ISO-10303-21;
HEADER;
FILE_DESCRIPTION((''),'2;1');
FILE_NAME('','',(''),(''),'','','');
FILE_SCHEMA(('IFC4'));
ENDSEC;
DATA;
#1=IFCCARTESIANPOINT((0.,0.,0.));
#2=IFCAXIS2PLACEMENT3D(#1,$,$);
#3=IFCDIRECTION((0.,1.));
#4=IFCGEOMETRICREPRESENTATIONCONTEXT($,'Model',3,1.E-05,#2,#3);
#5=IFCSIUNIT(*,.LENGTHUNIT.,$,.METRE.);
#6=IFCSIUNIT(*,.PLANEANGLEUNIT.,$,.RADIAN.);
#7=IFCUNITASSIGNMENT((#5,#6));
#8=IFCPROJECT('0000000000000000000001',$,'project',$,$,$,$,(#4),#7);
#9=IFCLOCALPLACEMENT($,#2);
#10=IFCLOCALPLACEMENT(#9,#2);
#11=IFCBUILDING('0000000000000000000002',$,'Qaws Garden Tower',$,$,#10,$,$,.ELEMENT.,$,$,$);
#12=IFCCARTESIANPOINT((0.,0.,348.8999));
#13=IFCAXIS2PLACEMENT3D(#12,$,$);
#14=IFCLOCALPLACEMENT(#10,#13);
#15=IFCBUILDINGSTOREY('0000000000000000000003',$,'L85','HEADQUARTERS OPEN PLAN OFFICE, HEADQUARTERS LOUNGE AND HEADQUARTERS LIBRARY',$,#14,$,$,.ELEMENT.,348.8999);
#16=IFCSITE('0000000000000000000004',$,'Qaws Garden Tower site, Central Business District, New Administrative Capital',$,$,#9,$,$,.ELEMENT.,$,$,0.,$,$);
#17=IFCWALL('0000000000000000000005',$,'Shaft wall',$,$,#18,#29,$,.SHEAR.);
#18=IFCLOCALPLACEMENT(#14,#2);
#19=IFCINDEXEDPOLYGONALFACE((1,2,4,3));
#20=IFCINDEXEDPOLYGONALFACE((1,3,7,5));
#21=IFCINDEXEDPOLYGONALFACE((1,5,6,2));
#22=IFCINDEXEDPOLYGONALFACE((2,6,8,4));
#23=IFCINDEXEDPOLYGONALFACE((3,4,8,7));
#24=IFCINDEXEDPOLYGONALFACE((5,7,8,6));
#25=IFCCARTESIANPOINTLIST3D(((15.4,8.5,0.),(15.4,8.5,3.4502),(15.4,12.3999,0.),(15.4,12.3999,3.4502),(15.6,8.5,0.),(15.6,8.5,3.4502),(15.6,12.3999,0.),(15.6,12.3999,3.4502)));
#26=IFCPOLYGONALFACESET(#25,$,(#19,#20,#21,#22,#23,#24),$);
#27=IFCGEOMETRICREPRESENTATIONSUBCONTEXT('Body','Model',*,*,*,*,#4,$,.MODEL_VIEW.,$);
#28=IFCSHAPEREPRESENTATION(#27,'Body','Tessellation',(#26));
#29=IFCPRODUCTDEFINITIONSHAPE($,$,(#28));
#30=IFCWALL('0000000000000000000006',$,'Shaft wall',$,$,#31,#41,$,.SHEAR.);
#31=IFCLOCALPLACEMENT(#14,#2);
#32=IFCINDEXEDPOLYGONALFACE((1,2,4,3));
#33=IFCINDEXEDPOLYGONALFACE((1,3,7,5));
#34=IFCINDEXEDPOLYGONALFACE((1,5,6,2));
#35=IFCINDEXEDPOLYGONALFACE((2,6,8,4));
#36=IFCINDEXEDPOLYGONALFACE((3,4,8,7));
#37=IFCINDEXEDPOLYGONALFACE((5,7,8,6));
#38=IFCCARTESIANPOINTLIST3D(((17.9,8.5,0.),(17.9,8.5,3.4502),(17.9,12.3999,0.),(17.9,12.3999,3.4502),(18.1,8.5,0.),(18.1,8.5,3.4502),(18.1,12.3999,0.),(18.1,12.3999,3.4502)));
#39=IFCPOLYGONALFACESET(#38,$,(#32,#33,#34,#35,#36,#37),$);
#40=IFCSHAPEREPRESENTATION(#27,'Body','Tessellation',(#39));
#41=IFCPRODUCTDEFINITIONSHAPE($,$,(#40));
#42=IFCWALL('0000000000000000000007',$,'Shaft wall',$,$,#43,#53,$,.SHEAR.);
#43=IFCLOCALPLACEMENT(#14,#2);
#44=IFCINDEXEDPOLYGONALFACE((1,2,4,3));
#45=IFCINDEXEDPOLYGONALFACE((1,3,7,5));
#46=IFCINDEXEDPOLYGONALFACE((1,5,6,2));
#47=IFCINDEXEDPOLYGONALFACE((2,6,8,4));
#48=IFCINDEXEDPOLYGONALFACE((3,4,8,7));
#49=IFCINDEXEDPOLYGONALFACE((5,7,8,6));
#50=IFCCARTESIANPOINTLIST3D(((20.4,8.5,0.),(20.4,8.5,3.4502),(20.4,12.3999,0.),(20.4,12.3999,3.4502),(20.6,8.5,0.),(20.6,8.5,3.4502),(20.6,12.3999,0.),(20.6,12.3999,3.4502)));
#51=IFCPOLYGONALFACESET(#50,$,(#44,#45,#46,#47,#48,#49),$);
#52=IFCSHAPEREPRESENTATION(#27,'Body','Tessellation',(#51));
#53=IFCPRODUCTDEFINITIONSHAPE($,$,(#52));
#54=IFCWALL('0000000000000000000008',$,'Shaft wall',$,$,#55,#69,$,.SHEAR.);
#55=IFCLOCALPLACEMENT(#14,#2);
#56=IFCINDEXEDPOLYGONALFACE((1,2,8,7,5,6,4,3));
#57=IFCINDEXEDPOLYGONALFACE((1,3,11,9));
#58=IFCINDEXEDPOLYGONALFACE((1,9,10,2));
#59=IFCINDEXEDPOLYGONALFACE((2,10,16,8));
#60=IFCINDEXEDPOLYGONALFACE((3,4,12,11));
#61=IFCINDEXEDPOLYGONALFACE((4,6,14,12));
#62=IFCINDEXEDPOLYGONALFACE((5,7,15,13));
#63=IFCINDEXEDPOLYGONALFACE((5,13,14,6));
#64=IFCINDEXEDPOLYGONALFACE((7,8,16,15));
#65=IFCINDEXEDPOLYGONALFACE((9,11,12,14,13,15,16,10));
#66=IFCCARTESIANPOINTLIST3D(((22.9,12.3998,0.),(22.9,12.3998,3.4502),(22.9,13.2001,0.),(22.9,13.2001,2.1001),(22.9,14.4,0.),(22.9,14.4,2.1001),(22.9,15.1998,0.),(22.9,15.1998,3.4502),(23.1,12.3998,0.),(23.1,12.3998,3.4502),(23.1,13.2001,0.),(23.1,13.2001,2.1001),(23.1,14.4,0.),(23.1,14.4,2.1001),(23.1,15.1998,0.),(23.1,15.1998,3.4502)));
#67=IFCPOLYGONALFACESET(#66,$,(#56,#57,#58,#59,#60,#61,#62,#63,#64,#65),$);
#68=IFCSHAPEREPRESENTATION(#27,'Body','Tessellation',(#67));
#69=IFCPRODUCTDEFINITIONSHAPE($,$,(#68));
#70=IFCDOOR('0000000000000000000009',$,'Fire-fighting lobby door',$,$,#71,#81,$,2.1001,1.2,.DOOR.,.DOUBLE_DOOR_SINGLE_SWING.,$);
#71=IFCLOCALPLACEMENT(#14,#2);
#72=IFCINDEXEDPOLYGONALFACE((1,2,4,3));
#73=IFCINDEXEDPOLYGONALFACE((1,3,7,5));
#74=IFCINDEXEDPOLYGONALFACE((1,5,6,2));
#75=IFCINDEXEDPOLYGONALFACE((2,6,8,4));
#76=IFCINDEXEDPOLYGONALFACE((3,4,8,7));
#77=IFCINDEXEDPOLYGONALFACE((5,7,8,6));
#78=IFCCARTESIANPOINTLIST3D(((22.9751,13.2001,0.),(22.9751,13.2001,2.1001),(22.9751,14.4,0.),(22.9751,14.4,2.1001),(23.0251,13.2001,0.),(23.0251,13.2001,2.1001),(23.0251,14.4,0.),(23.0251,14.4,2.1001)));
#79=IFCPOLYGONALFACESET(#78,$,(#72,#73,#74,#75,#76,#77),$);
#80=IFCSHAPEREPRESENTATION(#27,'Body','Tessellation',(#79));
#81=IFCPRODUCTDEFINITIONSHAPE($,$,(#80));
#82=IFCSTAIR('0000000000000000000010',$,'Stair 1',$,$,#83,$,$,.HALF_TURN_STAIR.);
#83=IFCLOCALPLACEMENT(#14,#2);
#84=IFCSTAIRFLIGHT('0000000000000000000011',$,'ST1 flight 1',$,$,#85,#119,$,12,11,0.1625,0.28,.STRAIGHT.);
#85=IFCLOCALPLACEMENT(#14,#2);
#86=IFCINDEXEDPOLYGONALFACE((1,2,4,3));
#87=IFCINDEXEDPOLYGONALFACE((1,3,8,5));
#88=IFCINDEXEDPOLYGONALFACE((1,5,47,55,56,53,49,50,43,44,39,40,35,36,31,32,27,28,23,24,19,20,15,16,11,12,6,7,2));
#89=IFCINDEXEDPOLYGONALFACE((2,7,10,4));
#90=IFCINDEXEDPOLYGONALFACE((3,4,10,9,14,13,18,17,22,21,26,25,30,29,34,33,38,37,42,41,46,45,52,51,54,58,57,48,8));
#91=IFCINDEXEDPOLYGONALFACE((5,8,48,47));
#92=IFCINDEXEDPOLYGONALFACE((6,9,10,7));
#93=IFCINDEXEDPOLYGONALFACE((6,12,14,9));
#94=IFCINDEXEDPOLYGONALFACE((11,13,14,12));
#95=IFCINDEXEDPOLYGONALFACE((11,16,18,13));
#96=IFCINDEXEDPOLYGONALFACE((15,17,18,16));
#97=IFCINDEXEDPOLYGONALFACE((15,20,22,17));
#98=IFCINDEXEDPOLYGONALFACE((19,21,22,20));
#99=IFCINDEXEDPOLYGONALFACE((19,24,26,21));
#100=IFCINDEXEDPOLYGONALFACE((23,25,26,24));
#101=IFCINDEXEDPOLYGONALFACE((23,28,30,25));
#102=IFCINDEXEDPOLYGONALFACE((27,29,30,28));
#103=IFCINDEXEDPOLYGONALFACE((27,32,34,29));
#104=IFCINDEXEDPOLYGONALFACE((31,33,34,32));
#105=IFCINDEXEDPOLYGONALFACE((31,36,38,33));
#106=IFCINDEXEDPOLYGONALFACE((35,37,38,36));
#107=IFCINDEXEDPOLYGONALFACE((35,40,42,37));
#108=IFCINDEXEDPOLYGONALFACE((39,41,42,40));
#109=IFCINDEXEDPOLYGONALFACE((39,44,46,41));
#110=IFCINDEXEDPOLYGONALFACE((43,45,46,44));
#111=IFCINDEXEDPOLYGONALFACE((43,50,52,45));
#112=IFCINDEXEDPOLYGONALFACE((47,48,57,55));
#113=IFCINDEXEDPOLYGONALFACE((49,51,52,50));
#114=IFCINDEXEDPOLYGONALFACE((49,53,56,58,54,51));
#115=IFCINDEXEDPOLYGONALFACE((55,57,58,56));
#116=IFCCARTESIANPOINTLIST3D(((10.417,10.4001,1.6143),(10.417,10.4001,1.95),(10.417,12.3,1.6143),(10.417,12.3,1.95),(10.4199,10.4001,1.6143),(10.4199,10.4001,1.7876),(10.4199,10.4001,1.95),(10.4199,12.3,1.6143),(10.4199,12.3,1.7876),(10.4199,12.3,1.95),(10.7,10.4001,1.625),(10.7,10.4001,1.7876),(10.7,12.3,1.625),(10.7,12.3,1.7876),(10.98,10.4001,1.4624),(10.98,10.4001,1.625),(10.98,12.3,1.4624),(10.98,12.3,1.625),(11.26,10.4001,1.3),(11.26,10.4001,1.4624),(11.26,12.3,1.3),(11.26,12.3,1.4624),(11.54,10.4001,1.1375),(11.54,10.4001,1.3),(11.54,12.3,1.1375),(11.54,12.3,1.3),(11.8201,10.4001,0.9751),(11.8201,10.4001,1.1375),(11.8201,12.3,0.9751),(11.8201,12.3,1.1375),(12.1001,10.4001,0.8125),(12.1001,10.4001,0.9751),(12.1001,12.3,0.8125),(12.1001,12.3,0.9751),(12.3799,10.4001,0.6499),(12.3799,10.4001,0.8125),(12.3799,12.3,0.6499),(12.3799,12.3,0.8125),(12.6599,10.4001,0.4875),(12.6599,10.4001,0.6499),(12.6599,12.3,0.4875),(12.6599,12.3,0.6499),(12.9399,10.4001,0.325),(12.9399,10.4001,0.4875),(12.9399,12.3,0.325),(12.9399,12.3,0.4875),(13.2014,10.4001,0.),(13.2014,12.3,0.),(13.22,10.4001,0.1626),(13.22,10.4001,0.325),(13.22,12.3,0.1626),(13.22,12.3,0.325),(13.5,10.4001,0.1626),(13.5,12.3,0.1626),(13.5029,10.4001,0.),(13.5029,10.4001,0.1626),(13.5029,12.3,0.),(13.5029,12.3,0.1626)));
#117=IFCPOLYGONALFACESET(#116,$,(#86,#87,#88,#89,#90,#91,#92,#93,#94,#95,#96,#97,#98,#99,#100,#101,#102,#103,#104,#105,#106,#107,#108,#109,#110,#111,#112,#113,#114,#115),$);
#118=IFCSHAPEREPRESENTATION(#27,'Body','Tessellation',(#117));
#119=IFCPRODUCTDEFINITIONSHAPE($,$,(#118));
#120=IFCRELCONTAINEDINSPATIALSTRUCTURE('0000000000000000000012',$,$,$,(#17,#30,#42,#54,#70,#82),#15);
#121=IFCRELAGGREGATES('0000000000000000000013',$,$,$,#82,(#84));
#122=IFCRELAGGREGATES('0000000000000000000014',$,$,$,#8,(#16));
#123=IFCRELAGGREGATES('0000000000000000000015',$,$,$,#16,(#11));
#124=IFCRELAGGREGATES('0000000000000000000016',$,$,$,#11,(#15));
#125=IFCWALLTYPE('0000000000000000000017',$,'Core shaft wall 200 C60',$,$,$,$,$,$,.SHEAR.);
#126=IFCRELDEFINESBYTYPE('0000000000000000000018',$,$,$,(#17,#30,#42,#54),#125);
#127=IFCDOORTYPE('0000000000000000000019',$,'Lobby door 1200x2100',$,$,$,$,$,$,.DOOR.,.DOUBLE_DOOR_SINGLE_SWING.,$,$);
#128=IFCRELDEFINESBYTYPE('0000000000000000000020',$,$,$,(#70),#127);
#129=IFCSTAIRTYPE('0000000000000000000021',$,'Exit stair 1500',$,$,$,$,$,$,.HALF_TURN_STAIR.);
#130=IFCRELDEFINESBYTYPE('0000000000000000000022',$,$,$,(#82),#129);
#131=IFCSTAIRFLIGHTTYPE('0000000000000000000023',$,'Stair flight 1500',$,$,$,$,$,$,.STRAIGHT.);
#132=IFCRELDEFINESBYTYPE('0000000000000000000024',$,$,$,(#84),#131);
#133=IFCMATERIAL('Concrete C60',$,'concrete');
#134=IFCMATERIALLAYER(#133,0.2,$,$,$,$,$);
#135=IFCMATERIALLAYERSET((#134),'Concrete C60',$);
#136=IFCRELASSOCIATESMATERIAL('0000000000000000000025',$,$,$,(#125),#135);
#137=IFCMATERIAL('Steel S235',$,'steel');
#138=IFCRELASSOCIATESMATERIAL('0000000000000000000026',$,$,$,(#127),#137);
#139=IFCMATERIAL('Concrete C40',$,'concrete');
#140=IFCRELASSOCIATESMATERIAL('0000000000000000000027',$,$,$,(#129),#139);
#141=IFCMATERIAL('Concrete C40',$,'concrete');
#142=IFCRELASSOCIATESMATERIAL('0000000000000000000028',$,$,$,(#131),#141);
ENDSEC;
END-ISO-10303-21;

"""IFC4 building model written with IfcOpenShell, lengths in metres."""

from ifc_helpers import new_model, si_unit, direction, frame, frame_2d, origin, place, context, subcontext, project, spatial, polyline, rectangle, outline, extrude, material, layer, layer_set, type_object, element, fill, aggregate, save


model = new_model("IFC4")

# Units and contexts
model_context = context("Model", 3, precision=1e-05, world=origin(), true_north=direction((0.0, 1.0)))
body_context = subcontext(model_context, "Body", "Model", "MODEL_VIEW")
ifc_project = project(units=[si_unit("LENGTHUNIT", "METRE"), si_unit("PLANEANGLEUNIT", "RADIAN")], contexts=[model_context])

# Site, building, storey
site_placement = place(None, origin())
site = spatial("IfcSite", under=ifc_project, at=site_placement, Name="Qaws Garden Tower site, Central Business District, New Administrative Capital", CompositionType="ELEMENT", RefElevation=0.0)
building_placement = place(site_placement, origin())
building = spatial("IfcBuilding", under=site, at=building_placement, Name="Qaws Garden Tower", CompositionType="ELEMENT")
storey_placement = place(building_placement, frame((0.0, 0.0, 348.8999)))
storey = spatial("IfcBuildingStorey", under=building, at=storey_placement, Name="L85", Description="HEADQUARTERS OPEN PLAN OFFICE, HEADQUARTERS LOUNGE AND HEADQUARTERS LIBRARY", CompositionType="ELEMENT", Elevation=348.8999)

# Shared definitions
ifc_material_1 = material(Name="Concrete C60", Category="concrete")
ifc_layer_1 = layer(ifc_material_1, 0.2)
ifc_layer_set_1 = layer_set([ifc_layer_1], Name="Concrete C60")
wall_type_1 = type_object("IfcWallType", Name="Core shaft wall 200 C60", PredefinedType="SHEAR", material=ifc_layer_set_1)

# Walls
for number, where, z_axis, x_axis, name in (
    (1, (15.5, 8.5, 0.0), (0.0, 0.0, 1.0), (0.0, 1.0, 0.0), "Shaft wall"),
    (2, (18.0, 8.5, 0.0), (0.0, 0.0, 1.0), (0.0, 1.0, 0.0), "Shaft wall"),
    (3, (20.5, 8.5, 0.0), (0.0, 0.0, 1.0), (0.0, 1.0, 0.0), "Shaft wall"),
):
    element("IfcWall", number, at=place(storey_placement, frame(where, z_axis=z_axis, x_axis=x_axis)), inside=storey, type_object=wall_type_1, Name=name, PredefinedType="SHEAR", context=body_context, shape_type="SweptSolid", body=[
        extrude(rectangle(XDim=3.8999, YDim=0.2, at=frame_2d((1.95, 0.0))), origin(), (0.0, 0.0, 1.0), 3.4502),
    ])

# Wall, opening, door
wall_1_placement = place(storey_placement, frame((23.0, 12.3999, 0.0), z_axis=(0.0, 0.0, 1.0), x_axis=(0.0, 1.0, 0.0)))
wall_1 = element("IfcWall", 4, at=wall_1_placement, inside=storey, type_object=wall_type_1, Name="Shaft wall", PredefinedType="SHEAR", context=body_context, shape_type="SweptSolid", body=[
    extrude(rectangle(XDim=2.8, YDim=0.2, at=frame_2d((1.3999, 0.0))), origin(), (0.0, 0.0, 1.0), 3.4502),
])
opening_1_placement = place(wall_1_placement, frame((0.8, 0.0, 0.0)))
opening_1 = element("IfcOpeningElement", 5, at=opening_1_placement, cuts=wall_1, PredefinedType="OPENING", context=body_context, shape_type="SweptSolid", body=[
    extrude(rectangle(XDim=1.2, YDim=2.1001, at=frame_2d((0.6001, 1.05))), frame((0.0, 0.1099, 0.0), z_axis=(0.0, -1.0, 0.0), x_axis=(1.0, 0.0, 0.0)), (0.0, 0.0, 1.0), 0.22),
])
ifc_material_2 = material(Name="Steel S235", Category="steel")
door_type_1 = type_object("IfcDoorType", Name="Lobby door 1200x2100", OperationType="DOUBLE_DOOR_SINGLE_SWING", PredefinedType="DOOR", material=ifc_material_2)
door_1_placement = place(opening_1_placement, origin())
door_1 = element("IfcDoor", 6, at=door_1_placement, inside=storey, type_object=door_type_1, Name="Fire-fighting lobby door", OperationType="DOUBLE_DOOR_SINGLE_SWING", OverallHeight=2.1001, OverallWidth=1.2, PredefinedType="DOOR", context=body_context, shape_type="SweptSolid", body=[
    extrude(rectangle(XDim=1.2, YDim=2.1001, at=frame_2d((0.6001, 1.05))), frame((0.0, 0.0249, 0.0), z_axis=(0.0, -1.0, 0.0), x_axis=(1.0, 0.0, 0.0)), (0.0, 0.0, 1.0), 0.05),
])
fill(opening_1, door_1)

# Stair, stair flight
ifc_material_3 = material(Name="Concrete C40", Category="concrete")
stair_type = type_object("IfcStairType", Name="Exit stair 1500", PredefinedType="HALF_TURN_STAIR", material=ifc_material_3)
stair_placement = place(storey_placement, origin())
stair = element("IfcStair", 7, at=stair_placement, inside=storey, type_object=stair_type, Name="Stair 1", PredefinedType="HALF_TURN_STAIR")
ifc_material_4 = material(Name="Concrete C40", Category="concrete")
stair_flight_type = type_object("IfcStairFlightType", Name="Stair flight 1500", PredefinedType="STRAIGHT", material=ifc_material_4)
stair_flight_placement = place(storey_placement, frame((13.5, 11.3501, 0.0), z_axis=(0.0, 0.0, 1.0), x_axis=(-1.0, 0.0, 0.0)))
stair_flight = element("IfcStairFlight", 8, at=stair_flight_placement, type_object=stair_flight_type, Name="ST1 flight 1", NumberOfRisers=12, NumberOfTreads=11, PredefinedType="STRAIGHT", RiserHeight=0.1625, TreadLength=0.28, context=body_context, shape_type="SweptSolid", body=[
    extrude(outline(polyline([(-0.0029, 0.0), (-0.0029, 0.1626), (0.0, 0.1626), (0.28, 0.1626), (0.28, 0.325), (0.5601, 0.325), (0.5601, 0.4875), (0.8401, 0.4875), (0.8401, 0.6499), (1.1201, 0.6499), (1.1201, 0.8125), (1.3999, 0.8125), (1.3999, 0.9751), (1.6799, 0.9751), (1.6799, 1.1375), (1.96, 1.1375), (1.96, 1.3), (2.24, 1.3), (2.24, 1.4624), (2.52, 1.4624), (2.52, 1.625), (2.8, 1.625), (2.8, 1.7876), (3.0801, 1.7876), (3.0801, 1.95), (3.083, 1.95), (3.083, 1.6143), (3.0801, 1.6143), (0.2986, 0.0), (-0.0029, 0.0)])), frame((0.0, 0.95, 0.0), z_axis=(0.0, -1.0, 0.0), x_axis=(1.0, 0.0, 0.0)), (0.0, 0.0, 1.0), 1.8999),
])
aggregate(stair, [stair_flight])

save(model, "model.ifc")
